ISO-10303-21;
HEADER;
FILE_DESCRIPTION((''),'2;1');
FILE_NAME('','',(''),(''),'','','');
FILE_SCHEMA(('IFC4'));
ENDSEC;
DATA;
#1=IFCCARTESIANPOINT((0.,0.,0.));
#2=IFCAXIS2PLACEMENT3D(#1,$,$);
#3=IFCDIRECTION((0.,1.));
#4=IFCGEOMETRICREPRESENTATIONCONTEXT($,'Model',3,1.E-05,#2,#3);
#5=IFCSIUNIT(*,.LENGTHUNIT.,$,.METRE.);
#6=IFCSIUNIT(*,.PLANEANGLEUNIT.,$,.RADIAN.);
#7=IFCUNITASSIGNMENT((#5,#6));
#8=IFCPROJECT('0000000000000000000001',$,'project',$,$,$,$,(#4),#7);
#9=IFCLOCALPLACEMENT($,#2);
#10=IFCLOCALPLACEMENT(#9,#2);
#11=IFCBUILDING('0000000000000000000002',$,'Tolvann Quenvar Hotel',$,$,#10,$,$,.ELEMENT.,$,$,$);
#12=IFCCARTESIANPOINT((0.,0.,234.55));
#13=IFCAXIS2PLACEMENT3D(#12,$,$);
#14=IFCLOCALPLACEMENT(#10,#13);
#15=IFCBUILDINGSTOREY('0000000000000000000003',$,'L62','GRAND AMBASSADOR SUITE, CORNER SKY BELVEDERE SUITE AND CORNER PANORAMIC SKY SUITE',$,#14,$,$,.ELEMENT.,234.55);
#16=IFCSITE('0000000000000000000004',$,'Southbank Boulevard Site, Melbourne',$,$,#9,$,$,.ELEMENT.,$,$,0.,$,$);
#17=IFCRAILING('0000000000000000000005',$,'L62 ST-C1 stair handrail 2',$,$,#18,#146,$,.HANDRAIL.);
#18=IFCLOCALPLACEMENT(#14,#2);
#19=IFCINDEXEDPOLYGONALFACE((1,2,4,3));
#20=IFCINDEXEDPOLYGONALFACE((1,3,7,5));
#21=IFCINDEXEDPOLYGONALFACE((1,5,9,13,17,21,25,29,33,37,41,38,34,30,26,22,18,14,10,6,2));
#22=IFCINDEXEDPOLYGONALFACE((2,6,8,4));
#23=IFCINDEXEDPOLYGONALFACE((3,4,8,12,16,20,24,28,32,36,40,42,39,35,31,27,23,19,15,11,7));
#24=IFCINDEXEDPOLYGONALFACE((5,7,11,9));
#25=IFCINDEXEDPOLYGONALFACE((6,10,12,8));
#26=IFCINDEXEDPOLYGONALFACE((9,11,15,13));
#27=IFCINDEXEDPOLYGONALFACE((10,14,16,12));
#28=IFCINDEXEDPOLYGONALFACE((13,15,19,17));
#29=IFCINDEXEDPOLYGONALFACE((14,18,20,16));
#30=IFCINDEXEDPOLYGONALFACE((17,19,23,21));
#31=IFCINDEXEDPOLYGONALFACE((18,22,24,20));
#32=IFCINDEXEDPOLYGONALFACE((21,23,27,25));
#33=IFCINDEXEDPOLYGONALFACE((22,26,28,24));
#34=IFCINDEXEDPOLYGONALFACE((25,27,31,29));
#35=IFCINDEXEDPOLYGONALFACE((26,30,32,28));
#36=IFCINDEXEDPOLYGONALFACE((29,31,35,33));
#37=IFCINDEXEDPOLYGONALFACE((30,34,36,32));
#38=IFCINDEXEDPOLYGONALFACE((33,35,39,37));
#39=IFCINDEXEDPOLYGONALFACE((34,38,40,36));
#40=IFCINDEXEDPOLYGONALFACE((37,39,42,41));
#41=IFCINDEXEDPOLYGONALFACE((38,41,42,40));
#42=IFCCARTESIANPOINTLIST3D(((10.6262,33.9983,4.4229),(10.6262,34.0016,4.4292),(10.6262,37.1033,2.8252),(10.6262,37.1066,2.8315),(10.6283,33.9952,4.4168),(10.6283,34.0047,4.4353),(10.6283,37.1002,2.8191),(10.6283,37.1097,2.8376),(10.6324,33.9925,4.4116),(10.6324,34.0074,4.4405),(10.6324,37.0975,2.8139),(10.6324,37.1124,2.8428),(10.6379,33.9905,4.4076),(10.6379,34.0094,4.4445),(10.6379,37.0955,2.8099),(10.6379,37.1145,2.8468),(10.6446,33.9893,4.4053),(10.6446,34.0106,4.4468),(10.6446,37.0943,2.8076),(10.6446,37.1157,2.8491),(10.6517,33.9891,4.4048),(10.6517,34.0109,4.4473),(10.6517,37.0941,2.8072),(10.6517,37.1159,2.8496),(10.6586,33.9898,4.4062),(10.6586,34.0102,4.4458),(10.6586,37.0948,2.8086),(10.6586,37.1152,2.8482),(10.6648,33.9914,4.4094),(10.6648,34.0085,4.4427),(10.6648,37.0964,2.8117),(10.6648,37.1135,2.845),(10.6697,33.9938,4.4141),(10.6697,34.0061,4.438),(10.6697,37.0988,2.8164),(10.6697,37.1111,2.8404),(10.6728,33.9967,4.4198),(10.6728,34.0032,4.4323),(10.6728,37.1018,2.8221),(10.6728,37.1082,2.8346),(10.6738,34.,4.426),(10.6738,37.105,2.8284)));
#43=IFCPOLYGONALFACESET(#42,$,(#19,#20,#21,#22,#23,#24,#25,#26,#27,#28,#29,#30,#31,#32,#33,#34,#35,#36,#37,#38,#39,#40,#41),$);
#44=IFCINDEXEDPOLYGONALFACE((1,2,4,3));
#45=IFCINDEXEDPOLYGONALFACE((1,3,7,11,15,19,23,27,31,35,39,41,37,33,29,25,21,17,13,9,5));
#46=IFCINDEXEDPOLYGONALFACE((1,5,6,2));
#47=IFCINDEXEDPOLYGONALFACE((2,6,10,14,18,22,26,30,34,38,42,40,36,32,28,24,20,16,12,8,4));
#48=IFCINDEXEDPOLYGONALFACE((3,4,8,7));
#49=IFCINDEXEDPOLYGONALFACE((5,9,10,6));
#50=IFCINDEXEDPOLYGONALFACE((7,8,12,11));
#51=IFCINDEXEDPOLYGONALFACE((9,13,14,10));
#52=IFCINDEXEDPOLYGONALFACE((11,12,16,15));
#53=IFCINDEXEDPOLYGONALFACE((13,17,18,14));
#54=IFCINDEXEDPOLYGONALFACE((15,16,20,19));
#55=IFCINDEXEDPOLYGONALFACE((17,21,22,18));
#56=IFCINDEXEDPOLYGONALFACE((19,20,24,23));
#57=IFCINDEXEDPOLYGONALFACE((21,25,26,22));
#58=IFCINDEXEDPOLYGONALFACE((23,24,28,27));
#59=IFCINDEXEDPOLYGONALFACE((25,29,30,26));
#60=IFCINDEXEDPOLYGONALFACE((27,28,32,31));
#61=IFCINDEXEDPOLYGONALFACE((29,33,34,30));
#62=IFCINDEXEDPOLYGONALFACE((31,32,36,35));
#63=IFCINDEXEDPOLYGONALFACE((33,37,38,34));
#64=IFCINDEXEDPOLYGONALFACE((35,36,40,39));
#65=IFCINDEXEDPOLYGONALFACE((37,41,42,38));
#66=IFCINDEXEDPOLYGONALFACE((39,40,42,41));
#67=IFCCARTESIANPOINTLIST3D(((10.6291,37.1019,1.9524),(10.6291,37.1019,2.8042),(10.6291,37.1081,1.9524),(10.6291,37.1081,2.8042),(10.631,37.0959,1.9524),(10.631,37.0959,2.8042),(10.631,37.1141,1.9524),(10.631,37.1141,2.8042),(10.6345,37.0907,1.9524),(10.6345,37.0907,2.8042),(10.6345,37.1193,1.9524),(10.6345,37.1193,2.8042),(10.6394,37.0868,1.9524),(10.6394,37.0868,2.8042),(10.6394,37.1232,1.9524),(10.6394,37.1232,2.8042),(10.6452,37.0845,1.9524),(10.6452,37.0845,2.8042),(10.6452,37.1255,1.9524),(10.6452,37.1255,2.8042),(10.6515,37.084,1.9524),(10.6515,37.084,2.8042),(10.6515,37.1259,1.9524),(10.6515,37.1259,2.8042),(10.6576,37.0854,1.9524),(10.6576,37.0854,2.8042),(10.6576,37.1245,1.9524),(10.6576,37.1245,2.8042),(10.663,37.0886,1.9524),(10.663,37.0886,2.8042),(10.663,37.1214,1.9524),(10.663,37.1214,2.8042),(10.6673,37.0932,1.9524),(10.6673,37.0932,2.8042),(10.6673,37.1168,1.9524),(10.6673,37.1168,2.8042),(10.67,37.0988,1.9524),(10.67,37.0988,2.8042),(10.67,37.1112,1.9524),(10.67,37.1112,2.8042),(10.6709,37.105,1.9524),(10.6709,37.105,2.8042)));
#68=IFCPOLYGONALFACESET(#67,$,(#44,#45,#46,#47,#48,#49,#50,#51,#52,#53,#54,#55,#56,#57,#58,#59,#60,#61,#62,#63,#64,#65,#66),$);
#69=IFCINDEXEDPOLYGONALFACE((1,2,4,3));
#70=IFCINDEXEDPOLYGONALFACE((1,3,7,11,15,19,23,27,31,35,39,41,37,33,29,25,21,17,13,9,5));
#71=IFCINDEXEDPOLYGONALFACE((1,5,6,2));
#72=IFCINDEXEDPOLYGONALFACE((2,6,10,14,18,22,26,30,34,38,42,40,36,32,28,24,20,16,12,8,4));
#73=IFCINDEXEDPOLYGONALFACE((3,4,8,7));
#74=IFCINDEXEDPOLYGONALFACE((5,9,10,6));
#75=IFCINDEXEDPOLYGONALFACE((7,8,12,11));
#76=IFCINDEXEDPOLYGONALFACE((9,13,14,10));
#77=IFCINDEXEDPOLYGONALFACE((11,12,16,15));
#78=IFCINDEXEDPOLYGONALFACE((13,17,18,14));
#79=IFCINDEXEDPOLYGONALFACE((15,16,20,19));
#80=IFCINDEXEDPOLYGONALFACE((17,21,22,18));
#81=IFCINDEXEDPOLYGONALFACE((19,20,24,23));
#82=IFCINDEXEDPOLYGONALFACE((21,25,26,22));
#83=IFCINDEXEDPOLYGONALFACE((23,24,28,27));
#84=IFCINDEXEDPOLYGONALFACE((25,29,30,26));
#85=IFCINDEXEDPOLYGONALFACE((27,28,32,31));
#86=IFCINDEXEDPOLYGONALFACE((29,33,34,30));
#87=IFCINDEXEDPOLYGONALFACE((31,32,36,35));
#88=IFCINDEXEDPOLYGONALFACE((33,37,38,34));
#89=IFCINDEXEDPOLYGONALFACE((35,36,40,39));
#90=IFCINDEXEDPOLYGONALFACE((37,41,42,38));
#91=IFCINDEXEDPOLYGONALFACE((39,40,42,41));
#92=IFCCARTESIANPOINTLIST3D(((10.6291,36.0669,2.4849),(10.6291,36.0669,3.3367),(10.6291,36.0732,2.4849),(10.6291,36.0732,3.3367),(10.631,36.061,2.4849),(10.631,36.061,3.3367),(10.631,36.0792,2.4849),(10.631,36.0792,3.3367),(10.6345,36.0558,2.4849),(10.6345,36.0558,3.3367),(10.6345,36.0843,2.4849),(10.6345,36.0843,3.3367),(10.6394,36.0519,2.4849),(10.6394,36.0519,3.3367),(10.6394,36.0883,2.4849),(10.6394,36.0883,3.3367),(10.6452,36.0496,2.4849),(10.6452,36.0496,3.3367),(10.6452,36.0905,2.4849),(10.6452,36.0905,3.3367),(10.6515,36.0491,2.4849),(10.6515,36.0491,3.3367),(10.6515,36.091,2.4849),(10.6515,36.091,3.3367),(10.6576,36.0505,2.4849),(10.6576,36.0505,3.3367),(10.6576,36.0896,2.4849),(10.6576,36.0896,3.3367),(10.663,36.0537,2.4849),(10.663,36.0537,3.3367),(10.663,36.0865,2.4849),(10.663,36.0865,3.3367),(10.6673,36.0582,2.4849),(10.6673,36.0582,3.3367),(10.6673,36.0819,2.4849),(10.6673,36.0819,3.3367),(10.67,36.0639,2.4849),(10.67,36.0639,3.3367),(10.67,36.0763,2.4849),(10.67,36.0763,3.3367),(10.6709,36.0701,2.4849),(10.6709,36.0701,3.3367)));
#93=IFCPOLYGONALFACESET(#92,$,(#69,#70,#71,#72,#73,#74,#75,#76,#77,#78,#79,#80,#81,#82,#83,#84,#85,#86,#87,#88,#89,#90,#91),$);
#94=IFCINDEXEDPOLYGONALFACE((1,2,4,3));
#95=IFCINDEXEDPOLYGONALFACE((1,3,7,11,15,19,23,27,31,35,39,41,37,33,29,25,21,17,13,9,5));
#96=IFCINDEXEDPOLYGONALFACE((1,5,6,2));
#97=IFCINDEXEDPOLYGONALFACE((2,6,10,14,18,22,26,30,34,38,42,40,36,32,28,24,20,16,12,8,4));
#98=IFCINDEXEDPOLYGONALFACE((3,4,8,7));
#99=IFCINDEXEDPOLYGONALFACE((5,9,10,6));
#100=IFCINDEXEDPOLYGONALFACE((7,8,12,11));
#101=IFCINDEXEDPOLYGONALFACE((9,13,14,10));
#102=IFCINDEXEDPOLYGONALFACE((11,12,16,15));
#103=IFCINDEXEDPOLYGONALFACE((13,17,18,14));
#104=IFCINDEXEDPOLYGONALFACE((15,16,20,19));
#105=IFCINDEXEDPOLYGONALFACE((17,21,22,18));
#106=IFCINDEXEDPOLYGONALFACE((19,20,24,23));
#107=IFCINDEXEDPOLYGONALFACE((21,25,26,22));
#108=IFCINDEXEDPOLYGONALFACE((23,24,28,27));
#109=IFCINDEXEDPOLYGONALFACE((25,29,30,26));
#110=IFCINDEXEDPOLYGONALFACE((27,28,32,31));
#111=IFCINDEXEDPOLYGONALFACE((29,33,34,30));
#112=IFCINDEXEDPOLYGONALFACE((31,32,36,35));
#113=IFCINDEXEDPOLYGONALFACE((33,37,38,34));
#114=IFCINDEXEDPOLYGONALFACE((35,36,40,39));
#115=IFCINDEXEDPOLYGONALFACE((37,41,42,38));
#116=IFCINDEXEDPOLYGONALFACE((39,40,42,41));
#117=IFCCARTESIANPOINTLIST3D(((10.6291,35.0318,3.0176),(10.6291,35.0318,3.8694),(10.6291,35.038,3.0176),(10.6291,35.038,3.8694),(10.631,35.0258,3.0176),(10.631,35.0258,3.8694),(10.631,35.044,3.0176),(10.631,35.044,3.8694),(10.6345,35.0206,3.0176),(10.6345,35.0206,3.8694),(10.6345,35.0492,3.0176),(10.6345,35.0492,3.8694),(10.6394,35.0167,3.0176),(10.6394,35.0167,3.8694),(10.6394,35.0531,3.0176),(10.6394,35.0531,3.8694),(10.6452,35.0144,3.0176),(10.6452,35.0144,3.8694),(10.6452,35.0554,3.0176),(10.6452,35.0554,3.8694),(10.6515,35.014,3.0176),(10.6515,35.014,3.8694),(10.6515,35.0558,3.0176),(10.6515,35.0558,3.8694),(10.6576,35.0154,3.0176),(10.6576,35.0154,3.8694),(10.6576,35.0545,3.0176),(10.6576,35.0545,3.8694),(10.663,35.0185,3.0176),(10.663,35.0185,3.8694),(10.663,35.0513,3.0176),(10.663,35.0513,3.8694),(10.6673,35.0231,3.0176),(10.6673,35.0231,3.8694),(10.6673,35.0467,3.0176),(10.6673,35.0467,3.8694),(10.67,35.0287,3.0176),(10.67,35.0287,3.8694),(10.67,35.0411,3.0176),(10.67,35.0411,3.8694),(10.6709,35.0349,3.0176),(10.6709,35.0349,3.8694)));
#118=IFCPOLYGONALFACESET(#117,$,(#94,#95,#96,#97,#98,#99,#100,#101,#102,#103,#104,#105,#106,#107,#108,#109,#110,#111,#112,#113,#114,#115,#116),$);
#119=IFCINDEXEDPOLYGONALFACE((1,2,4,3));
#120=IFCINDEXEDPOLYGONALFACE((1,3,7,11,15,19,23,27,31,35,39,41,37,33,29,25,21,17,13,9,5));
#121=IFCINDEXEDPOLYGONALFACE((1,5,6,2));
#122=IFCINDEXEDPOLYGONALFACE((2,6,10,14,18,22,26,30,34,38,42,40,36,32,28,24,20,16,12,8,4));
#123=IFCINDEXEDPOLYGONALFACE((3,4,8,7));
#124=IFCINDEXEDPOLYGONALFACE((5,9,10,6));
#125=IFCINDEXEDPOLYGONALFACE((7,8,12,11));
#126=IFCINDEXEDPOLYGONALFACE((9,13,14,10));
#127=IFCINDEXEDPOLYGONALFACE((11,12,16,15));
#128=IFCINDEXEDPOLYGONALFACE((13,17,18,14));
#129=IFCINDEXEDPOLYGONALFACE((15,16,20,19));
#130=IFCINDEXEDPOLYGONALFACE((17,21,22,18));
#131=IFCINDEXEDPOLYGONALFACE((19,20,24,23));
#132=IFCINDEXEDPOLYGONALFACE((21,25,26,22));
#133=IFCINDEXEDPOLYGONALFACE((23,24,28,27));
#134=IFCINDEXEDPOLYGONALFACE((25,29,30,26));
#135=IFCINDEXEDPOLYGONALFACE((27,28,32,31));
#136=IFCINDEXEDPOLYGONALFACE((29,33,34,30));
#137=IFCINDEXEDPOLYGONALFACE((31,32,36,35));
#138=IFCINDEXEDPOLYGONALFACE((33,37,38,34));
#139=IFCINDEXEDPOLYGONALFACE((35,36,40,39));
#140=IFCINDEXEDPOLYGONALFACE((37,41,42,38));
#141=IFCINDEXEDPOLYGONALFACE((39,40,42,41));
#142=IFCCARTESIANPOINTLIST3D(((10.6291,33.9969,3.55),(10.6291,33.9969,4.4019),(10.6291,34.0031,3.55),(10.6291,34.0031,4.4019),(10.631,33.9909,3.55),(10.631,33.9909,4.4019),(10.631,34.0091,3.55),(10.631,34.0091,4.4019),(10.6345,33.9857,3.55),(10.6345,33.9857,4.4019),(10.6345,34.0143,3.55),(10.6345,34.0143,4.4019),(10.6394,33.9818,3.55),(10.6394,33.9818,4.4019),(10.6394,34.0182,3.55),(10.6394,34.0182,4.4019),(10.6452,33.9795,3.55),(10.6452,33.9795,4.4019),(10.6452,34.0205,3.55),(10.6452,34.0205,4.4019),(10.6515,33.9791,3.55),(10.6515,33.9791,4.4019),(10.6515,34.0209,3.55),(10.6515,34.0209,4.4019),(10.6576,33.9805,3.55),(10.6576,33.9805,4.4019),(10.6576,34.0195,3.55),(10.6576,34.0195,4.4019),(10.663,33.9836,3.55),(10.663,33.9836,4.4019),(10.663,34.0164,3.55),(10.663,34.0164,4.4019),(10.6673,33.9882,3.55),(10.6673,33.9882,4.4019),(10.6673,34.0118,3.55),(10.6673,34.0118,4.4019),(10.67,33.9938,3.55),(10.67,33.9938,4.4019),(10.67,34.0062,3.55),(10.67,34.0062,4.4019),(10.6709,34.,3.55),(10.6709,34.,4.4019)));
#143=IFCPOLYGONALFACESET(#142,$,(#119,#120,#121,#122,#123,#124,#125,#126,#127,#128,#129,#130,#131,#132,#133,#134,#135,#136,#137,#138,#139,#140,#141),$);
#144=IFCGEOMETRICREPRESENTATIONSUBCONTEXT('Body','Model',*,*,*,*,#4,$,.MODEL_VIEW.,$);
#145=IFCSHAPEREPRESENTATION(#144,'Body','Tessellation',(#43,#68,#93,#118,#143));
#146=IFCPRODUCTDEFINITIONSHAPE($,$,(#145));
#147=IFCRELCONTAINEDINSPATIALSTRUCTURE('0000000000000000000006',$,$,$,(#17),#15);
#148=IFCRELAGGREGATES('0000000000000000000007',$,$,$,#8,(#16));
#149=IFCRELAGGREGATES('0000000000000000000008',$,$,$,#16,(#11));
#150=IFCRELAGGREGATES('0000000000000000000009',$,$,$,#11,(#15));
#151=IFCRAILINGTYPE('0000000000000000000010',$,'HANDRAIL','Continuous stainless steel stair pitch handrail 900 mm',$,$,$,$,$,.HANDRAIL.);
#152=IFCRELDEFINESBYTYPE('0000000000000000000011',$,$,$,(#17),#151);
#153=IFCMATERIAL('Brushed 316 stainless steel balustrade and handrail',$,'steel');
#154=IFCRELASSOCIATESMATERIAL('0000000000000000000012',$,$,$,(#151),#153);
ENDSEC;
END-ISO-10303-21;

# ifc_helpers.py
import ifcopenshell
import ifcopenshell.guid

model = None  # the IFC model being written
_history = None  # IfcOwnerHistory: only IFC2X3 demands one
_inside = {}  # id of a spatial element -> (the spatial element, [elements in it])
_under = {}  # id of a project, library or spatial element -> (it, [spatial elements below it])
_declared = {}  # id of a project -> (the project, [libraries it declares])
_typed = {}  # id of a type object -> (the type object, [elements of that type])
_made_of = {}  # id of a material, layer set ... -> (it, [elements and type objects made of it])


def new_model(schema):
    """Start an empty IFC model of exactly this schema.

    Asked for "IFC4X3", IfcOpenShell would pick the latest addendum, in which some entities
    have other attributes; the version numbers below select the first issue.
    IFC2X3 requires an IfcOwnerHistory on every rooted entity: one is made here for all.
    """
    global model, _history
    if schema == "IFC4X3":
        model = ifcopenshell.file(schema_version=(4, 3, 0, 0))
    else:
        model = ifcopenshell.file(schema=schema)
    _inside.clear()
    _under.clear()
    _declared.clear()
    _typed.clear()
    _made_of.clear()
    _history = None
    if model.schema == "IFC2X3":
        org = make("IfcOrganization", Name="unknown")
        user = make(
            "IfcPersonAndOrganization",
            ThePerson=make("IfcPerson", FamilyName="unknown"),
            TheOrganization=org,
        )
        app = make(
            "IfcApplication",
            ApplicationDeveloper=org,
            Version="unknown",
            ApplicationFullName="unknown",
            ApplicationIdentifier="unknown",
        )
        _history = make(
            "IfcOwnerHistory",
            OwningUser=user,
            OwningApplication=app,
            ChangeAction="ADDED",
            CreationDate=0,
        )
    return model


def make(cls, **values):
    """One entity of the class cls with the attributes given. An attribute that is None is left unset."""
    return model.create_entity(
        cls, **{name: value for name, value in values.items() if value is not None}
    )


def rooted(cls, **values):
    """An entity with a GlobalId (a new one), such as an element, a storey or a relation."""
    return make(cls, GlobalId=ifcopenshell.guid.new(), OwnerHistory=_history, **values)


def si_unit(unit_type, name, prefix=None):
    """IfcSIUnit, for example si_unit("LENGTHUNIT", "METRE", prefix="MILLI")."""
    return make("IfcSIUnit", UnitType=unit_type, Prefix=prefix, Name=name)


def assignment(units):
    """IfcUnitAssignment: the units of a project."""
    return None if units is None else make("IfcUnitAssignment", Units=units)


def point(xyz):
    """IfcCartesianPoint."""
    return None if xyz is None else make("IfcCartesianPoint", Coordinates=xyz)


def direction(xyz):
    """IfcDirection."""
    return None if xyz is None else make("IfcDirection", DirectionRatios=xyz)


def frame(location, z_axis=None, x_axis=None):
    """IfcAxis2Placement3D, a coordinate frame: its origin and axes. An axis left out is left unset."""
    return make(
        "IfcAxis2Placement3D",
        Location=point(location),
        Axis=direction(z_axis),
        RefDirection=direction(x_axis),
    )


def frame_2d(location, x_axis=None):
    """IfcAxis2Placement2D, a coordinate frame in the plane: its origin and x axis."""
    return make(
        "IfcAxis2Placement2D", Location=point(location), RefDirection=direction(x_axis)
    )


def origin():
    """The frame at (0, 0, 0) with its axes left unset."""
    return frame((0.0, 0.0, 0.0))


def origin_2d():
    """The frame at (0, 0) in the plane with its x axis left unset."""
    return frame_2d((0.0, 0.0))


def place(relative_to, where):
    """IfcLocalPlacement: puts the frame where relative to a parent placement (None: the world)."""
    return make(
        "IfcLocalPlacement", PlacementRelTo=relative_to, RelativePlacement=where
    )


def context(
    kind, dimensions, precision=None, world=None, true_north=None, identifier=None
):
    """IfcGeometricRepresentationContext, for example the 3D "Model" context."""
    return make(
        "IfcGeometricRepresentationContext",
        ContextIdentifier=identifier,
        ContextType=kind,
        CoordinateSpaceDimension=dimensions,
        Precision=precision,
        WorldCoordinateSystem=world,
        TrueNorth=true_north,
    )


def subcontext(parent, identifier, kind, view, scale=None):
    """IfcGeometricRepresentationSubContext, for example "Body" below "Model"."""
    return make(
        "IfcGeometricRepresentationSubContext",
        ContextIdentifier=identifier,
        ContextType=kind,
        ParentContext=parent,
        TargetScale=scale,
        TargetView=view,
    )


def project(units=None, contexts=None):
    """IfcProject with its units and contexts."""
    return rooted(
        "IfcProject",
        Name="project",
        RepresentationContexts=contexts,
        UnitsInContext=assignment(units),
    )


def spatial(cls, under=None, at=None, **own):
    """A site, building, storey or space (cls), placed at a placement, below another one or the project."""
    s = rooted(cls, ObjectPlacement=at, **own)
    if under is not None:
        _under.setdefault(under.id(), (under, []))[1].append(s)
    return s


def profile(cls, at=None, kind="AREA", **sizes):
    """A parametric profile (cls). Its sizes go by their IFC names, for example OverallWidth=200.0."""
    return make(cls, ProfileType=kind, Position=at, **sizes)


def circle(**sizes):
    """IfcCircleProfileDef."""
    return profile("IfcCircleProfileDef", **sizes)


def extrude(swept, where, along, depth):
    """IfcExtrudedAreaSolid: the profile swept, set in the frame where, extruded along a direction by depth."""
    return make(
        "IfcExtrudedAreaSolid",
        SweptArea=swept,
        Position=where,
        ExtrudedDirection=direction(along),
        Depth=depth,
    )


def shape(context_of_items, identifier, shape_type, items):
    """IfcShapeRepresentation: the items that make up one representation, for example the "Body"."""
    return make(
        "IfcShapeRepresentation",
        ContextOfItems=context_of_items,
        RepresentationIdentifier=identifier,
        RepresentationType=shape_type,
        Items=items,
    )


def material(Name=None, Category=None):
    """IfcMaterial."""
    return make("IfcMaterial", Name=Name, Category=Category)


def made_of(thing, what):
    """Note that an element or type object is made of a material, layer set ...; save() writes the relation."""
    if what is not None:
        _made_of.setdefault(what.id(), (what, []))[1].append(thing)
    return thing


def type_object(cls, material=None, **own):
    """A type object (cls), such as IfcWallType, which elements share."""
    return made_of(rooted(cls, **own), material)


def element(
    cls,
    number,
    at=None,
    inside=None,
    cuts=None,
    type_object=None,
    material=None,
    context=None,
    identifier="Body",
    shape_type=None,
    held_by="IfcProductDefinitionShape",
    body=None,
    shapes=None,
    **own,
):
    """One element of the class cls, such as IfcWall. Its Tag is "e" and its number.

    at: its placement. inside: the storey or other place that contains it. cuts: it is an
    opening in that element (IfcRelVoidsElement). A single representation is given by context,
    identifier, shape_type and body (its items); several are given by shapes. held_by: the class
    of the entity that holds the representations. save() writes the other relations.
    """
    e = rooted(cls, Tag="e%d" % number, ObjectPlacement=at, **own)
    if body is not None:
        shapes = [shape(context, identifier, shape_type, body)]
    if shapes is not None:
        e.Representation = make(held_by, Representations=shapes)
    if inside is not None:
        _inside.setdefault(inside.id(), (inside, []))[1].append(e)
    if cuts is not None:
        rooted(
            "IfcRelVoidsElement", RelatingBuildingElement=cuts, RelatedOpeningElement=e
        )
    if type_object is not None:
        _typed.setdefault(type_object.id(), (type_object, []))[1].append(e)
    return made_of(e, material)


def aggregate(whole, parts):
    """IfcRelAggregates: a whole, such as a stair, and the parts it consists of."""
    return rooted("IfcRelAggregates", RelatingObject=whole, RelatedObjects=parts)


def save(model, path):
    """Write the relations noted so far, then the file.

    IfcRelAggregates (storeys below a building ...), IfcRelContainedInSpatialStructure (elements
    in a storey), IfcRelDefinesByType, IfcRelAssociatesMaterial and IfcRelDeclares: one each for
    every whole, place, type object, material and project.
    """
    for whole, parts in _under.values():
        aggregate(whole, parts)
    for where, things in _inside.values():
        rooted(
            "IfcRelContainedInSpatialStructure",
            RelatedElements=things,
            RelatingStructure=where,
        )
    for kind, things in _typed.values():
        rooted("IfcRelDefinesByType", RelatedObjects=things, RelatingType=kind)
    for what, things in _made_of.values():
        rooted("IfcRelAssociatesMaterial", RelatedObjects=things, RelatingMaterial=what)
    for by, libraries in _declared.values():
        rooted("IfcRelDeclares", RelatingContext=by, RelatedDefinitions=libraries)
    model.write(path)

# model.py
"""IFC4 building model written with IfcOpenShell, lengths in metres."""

from ifc_helpers import new_model, si_unit, direction, frame, origin, origin_2d, place, context, subcontext, project, spatial, circle, extrude, material, type_object, element, save


model = new_model("IFC4")

# Units and contexts
model_context = context("Model", 3, precision=1e-05, world=origin(), true_north=direction((0.0, 1.0)))
body_context = subcontext(model_context, "Body", "Model", "MODEL_VIEW")
ifc_project = project(units=[si_unit("LENGTHUNIT", "METRE"), si_unit("PLANEANGLEUNIT", "RADIAN")], contexts=[model_context])

# Site, building, storey
site_placement = place(None, origin())
site = spatial("IfcSite", under=ifc_project, at=site_placement, Name="Southbank Boulevard Site, Melbourne", CompositionType="ELEMENT", RefElevation=0.0)
building_placement = place(site_placement, origin())
building = spatial("IfcBuilding", under=site, at=building_placement, Name="Tolvann Quenvar Hotel", CompositionType="ELEMENT")
storey_placement = place(building_placement, frame((0.0, 0.0, 234.55)))
storey = spatial("IfcBuildingStorey", under=building, at=storey_placement, Name="L62", Description="GRAND AMBASSADOR SUITE, CORNER SKY BELVEDERE SUITE AND CORNER PANORAMIC SKY SUITE", CompositionType="ELEMENT", Elevation=234.55)

# Railing
ifc_material_1 = material(Name="Brushed 316 stainless steel balustrade and handrail", Category="steel")
railing_type_1 = type_object("IfcRailingType", Name="HANDRAIL", Description="Continuous stainless steel stair pitch handrail 900 mm", PredefinedType="HANDRAIL", material=ifc_material_1)
railing_1_placement = place(storey_placement, frame((10.6499, 37.105, 1.9524)))
element("IfcRailing", 1, at=railing_1_placement, inside=storey, type_object=railing_type_1, Name="L62 ST-C1 stair handrail 2", PredefinedType="HANDRAIL", context=body_context, shape_type="SweptSolid", body=[
    extrude(circle(Radius=0.0239, at=origin_2d()), frame((0.0, 0.0, 0.876), z_axis=(0.0, -0.889194, 0.457531), x_axis=(1.0, 0.0, 0.0)), (0.0, 0.0, 1.0), 3.4919),
    extrude(circle(Radius=0.021, at=origin_2d()), origin(), (0.0, 0.0, 1.0), 0.8518),
    extrude(circle(Radius=0.021, at=origin_2d()), frame((0.0, -1.0349, 0.5325)), (0.0, 0.0, 1.0), 0.8518),
    extrude(circle(Radius=0.021, at=origin_2d()), frame((0.0, -2.0701, 1.0652)), (0.0, 0.0, 1.0), 0.8518),
    extrude(circle(Radius=0.021, at=origin_2d()), frame((0.0, -3.105, 1.5977)), (0.0, 0.0, 1.0), 0.8518),
])

save(model, "model.ifc")
